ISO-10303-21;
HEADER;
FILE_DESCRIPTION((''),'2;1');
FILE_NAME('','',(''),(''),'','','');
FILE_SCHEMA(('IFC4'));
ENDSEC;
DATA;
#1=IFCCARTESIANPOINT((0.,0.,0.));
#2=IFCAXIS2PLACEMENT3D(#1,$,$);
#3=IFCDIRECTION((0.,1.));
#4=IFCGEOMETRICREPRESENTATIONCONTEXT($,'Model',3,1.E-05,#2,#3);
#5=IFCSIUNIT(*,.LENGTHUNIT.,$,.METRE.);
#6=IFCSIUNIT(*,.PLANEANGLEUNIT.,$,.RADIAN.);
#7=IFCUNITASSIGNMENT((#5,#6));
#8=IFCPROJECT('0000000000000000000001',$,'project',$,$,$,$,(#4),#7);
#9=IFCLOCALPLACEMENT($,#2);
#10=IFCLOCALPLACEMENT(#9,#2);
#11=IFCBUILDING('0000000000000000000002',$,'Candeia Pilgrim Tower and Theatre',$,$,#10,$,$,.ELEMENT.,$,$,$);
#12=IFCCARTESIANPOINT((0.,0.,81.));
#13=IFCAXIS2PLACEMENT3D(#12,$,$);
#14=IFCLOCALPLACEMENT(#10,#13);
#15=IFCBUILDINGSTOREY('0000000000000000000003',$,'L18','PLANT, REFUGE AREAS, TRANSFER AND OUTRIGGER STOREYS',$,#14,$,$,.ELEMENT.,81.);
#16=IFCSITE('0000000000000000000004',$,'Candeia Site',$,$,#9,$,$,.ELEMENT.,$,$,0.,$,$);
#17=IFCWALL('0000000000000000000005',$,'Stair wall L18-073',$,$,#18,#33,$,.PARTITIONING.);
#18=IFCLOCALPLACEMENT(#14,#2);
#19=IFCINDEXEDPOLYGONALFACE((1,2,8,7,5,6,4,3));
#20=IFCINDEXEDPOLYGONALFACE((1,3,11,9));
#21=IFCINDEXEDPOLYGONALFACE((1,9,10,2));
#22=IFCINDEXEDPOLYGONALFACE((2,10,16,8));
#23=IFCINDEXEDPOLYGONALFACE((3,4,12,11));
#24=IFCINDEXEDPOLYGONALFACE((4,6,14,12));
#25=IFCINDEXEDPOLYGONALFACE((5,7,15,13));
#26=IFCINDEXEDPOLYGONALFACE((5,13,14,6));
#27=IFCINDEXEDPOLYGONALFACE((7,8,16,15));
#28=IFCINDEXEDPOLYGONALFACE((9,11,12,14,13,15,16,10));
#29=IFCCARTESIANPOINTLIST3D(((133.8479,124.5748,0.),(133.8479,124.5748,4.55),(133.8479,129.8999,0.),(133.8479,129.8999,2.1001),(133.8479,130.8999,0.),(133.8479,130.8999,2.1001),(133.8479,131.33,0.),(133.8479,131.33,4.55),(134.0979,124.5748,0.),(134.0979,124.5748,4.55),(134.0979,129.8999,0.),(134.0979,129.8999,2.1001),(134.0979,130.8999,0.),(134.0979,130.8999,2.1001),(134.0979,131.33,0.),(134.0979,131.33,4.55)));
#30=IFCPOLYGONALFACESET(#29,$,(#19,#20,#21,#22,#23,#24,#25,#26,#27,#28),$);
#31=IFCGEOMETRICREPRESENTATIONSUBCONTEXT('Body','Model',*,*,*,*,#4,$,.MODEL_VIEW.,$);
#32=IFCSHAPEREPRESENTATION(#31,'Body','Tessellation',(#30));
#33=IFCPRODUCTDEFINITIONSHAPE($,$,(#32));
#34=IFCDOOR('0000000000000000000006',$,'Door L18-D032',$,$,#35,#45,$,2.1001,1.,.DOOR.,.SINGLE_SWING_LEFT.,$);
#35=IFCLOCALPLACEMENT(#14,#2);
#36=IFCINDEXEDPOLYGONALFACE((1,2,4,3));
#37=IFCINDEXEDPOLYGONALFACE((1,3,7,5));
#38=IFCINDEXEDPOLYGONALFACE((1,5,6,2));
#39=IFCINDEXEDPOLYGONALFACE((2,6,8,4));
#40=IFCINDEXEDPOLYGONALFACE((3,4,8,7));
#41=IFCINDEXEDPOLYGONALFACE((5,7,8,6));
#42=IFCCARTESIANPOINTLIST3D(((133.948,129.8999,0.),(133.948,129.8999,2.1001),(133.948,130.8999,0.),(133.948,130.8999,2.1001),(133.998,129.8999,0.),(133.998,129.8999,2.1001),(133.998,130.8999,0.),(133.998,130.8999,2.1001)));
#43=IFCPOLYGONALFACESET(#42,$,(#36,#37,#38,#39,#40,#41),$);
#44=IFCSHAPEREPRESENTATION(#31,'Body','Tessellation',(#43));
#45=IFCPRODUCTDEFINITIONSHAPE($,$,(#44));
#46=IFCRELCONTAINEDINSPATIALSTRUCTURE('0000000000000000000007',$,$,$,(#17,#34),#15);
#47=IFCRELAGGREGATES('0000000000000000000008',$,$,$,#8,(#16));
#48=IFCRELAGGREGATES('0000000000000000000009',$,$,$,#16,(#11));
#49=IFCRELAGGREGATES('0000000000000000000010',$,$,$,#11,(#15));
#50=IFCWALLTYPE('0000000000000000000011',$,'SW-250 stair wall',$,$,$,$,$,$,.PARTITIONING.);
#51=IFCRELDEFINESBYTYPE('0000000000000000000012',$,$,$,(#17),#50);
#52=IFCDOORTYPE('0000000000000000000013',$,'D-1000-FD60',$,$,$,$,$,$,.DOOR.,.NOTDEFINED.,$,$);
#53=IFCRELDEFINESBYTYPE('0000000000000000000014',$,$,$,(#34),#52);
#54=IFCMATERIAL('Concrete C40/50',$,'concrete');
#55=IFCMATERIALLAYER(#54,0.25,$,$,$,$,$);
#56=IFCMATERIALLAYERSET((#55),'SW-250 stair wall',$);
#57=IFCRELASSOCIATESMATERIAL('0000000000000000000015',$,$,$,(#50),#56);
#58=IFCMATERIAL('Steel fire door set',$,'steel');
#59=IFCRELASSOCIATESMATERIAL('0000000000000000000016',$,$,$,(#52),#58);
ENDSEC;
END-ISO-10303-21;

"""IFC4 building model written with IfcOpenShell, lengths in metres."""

from ifc_helpers import new_model, si_unit, direction, frame, frame_2d, origin, place, context, subcontext, project, spatial, rectangle, extrude, material, layer, layer_set, type_object, element, fill, save


model = new_model("IFC4")

# Units and contexts
model_context = context("Model", 3, precision=1e-05, world=origin(), true_north=direction((0.0, 1.0)))
body_context = subcontext(model_context, "Body", "Model", "MODEL_VIEW")
ifc_project = project(units=[si_unit("LENGTHUNIT", "METRE"), si_unit("PLANEANGLEUNIT", "RADIAN")], contexts=[model_context])

# Site, building, storey
site_placement = place(None, origin())
site = spatial("IfcSite", under=ifc_project, at=site_placement, Name="Candeia Site", CompositionType="ELEMENT", RefElevation=0.0)
building_placement = place(site_placement, origin())
building = spatial("IfcBuilding", under=site, at=building_placement, Name="Candeia Pilgrim Tower and Theatre", CompositionType="ELEMENT")
storey_placement = place(building_placement, frame((0.0, 0.0, 81.0)))
storey = spatial("IfcBuildingStorey", under=building, at=storey_placement, Name="L18", Description="PLANT, REFUGE AREAS, TRANSFER AND OUTRIGGER STOREYS", CompositionType="ELEMENT", Elevation=81.0)

# Shared definitions
ifc_material_1 = material(Name="Steel fire door set", Category="steel")

# Shared definitions
ifc_material_2 = material(Name="Concrete C40/50", Category="concrete")

# Shared definitions
ifc_layer_1 = layer(ifc_material_2, 0.25)
ifc_layer_set_1 = layer_set([ifc_layer_1], Name="SW-250 stair wall")
wall_type_1 = type_object("IfcWallType", Name="SW-250 stair wall", PredefinedType="PARTITIONING", material=ifc_layer_set_1)

# Wall, opening, door
wall_1_placement = place(storey_placement, frame((133.9729, 124.575, 0.0), z_axis=(0.0, 0.0, 1.0), x_axis=(0.0, 1.0, 0.0)))
wall_1 = element("IfcWall", 1, at=wall_1_placement, inside=storey, type_object=wall_type_1, Name="Stair wall L18-073", PredefinedType="PARTITIONING", context=body_context, shape_type="SweptSolid", body=[
    extrude(rectangle(XDim=6.7551, YDim=0.25, at=frame_2d((3.3774, 0.0))), origin(), (0.0, 0.0, 1.0), 4.55),
])
opening_1_placement = place(wall_1_placement, frame((5.325, 0.0, 0.0)))
opening_1 = element("IfcOpeningElement", 2, at=opening_1_placement, cuts=wall_1, PredefinedType="OPENING", context=body_context, shape_type="SweptSolid", body=[
    extrude(rectangle(XDim=1.0, YDim=2.1001, at=frame_2d((0.5, 1.05))), frame((0.0, 0.135, 0.0), z_axis=(0.0, -1.0, 0.0), x_axis=(1.0, 0.0, 0.0)), (0.0, 0.0, 1.0), 0.27),
])
door_type_1 = type_object("IfcDoorType", Name="D-1000-FD60", OperationType="NOTDEFINED", PredefinedType="DOOR", material=ifc_material_1)
door_1_placement = place(opening_1_placement, origin())
door_1 = element("IfcDoor", 3, at=door_1_placement, inside=storey, type_object=door_type_1, Name="Door L18-D032", OperationType="SINGLE_SWING_LEFT", OverallHeight=2.1001, OverallWidth=1.0, PredefinedType="DOOR", context=body_context, shape_type="SweptSolid", body=[
    extrude(rectangle(XDim=1.0, YDim=2.1001, at=frame_2d((0.5, 1.05))), frame((0.0, 0.0249, 0.0), z_axis=(0.0, -1.0, 0.0), x_axis=(1.0, 0.0, 0.0)), (0.0, 0.0, 1.0), 0.05),
])
fill(opening_1, door_1)

save(model, "model.ifc")
